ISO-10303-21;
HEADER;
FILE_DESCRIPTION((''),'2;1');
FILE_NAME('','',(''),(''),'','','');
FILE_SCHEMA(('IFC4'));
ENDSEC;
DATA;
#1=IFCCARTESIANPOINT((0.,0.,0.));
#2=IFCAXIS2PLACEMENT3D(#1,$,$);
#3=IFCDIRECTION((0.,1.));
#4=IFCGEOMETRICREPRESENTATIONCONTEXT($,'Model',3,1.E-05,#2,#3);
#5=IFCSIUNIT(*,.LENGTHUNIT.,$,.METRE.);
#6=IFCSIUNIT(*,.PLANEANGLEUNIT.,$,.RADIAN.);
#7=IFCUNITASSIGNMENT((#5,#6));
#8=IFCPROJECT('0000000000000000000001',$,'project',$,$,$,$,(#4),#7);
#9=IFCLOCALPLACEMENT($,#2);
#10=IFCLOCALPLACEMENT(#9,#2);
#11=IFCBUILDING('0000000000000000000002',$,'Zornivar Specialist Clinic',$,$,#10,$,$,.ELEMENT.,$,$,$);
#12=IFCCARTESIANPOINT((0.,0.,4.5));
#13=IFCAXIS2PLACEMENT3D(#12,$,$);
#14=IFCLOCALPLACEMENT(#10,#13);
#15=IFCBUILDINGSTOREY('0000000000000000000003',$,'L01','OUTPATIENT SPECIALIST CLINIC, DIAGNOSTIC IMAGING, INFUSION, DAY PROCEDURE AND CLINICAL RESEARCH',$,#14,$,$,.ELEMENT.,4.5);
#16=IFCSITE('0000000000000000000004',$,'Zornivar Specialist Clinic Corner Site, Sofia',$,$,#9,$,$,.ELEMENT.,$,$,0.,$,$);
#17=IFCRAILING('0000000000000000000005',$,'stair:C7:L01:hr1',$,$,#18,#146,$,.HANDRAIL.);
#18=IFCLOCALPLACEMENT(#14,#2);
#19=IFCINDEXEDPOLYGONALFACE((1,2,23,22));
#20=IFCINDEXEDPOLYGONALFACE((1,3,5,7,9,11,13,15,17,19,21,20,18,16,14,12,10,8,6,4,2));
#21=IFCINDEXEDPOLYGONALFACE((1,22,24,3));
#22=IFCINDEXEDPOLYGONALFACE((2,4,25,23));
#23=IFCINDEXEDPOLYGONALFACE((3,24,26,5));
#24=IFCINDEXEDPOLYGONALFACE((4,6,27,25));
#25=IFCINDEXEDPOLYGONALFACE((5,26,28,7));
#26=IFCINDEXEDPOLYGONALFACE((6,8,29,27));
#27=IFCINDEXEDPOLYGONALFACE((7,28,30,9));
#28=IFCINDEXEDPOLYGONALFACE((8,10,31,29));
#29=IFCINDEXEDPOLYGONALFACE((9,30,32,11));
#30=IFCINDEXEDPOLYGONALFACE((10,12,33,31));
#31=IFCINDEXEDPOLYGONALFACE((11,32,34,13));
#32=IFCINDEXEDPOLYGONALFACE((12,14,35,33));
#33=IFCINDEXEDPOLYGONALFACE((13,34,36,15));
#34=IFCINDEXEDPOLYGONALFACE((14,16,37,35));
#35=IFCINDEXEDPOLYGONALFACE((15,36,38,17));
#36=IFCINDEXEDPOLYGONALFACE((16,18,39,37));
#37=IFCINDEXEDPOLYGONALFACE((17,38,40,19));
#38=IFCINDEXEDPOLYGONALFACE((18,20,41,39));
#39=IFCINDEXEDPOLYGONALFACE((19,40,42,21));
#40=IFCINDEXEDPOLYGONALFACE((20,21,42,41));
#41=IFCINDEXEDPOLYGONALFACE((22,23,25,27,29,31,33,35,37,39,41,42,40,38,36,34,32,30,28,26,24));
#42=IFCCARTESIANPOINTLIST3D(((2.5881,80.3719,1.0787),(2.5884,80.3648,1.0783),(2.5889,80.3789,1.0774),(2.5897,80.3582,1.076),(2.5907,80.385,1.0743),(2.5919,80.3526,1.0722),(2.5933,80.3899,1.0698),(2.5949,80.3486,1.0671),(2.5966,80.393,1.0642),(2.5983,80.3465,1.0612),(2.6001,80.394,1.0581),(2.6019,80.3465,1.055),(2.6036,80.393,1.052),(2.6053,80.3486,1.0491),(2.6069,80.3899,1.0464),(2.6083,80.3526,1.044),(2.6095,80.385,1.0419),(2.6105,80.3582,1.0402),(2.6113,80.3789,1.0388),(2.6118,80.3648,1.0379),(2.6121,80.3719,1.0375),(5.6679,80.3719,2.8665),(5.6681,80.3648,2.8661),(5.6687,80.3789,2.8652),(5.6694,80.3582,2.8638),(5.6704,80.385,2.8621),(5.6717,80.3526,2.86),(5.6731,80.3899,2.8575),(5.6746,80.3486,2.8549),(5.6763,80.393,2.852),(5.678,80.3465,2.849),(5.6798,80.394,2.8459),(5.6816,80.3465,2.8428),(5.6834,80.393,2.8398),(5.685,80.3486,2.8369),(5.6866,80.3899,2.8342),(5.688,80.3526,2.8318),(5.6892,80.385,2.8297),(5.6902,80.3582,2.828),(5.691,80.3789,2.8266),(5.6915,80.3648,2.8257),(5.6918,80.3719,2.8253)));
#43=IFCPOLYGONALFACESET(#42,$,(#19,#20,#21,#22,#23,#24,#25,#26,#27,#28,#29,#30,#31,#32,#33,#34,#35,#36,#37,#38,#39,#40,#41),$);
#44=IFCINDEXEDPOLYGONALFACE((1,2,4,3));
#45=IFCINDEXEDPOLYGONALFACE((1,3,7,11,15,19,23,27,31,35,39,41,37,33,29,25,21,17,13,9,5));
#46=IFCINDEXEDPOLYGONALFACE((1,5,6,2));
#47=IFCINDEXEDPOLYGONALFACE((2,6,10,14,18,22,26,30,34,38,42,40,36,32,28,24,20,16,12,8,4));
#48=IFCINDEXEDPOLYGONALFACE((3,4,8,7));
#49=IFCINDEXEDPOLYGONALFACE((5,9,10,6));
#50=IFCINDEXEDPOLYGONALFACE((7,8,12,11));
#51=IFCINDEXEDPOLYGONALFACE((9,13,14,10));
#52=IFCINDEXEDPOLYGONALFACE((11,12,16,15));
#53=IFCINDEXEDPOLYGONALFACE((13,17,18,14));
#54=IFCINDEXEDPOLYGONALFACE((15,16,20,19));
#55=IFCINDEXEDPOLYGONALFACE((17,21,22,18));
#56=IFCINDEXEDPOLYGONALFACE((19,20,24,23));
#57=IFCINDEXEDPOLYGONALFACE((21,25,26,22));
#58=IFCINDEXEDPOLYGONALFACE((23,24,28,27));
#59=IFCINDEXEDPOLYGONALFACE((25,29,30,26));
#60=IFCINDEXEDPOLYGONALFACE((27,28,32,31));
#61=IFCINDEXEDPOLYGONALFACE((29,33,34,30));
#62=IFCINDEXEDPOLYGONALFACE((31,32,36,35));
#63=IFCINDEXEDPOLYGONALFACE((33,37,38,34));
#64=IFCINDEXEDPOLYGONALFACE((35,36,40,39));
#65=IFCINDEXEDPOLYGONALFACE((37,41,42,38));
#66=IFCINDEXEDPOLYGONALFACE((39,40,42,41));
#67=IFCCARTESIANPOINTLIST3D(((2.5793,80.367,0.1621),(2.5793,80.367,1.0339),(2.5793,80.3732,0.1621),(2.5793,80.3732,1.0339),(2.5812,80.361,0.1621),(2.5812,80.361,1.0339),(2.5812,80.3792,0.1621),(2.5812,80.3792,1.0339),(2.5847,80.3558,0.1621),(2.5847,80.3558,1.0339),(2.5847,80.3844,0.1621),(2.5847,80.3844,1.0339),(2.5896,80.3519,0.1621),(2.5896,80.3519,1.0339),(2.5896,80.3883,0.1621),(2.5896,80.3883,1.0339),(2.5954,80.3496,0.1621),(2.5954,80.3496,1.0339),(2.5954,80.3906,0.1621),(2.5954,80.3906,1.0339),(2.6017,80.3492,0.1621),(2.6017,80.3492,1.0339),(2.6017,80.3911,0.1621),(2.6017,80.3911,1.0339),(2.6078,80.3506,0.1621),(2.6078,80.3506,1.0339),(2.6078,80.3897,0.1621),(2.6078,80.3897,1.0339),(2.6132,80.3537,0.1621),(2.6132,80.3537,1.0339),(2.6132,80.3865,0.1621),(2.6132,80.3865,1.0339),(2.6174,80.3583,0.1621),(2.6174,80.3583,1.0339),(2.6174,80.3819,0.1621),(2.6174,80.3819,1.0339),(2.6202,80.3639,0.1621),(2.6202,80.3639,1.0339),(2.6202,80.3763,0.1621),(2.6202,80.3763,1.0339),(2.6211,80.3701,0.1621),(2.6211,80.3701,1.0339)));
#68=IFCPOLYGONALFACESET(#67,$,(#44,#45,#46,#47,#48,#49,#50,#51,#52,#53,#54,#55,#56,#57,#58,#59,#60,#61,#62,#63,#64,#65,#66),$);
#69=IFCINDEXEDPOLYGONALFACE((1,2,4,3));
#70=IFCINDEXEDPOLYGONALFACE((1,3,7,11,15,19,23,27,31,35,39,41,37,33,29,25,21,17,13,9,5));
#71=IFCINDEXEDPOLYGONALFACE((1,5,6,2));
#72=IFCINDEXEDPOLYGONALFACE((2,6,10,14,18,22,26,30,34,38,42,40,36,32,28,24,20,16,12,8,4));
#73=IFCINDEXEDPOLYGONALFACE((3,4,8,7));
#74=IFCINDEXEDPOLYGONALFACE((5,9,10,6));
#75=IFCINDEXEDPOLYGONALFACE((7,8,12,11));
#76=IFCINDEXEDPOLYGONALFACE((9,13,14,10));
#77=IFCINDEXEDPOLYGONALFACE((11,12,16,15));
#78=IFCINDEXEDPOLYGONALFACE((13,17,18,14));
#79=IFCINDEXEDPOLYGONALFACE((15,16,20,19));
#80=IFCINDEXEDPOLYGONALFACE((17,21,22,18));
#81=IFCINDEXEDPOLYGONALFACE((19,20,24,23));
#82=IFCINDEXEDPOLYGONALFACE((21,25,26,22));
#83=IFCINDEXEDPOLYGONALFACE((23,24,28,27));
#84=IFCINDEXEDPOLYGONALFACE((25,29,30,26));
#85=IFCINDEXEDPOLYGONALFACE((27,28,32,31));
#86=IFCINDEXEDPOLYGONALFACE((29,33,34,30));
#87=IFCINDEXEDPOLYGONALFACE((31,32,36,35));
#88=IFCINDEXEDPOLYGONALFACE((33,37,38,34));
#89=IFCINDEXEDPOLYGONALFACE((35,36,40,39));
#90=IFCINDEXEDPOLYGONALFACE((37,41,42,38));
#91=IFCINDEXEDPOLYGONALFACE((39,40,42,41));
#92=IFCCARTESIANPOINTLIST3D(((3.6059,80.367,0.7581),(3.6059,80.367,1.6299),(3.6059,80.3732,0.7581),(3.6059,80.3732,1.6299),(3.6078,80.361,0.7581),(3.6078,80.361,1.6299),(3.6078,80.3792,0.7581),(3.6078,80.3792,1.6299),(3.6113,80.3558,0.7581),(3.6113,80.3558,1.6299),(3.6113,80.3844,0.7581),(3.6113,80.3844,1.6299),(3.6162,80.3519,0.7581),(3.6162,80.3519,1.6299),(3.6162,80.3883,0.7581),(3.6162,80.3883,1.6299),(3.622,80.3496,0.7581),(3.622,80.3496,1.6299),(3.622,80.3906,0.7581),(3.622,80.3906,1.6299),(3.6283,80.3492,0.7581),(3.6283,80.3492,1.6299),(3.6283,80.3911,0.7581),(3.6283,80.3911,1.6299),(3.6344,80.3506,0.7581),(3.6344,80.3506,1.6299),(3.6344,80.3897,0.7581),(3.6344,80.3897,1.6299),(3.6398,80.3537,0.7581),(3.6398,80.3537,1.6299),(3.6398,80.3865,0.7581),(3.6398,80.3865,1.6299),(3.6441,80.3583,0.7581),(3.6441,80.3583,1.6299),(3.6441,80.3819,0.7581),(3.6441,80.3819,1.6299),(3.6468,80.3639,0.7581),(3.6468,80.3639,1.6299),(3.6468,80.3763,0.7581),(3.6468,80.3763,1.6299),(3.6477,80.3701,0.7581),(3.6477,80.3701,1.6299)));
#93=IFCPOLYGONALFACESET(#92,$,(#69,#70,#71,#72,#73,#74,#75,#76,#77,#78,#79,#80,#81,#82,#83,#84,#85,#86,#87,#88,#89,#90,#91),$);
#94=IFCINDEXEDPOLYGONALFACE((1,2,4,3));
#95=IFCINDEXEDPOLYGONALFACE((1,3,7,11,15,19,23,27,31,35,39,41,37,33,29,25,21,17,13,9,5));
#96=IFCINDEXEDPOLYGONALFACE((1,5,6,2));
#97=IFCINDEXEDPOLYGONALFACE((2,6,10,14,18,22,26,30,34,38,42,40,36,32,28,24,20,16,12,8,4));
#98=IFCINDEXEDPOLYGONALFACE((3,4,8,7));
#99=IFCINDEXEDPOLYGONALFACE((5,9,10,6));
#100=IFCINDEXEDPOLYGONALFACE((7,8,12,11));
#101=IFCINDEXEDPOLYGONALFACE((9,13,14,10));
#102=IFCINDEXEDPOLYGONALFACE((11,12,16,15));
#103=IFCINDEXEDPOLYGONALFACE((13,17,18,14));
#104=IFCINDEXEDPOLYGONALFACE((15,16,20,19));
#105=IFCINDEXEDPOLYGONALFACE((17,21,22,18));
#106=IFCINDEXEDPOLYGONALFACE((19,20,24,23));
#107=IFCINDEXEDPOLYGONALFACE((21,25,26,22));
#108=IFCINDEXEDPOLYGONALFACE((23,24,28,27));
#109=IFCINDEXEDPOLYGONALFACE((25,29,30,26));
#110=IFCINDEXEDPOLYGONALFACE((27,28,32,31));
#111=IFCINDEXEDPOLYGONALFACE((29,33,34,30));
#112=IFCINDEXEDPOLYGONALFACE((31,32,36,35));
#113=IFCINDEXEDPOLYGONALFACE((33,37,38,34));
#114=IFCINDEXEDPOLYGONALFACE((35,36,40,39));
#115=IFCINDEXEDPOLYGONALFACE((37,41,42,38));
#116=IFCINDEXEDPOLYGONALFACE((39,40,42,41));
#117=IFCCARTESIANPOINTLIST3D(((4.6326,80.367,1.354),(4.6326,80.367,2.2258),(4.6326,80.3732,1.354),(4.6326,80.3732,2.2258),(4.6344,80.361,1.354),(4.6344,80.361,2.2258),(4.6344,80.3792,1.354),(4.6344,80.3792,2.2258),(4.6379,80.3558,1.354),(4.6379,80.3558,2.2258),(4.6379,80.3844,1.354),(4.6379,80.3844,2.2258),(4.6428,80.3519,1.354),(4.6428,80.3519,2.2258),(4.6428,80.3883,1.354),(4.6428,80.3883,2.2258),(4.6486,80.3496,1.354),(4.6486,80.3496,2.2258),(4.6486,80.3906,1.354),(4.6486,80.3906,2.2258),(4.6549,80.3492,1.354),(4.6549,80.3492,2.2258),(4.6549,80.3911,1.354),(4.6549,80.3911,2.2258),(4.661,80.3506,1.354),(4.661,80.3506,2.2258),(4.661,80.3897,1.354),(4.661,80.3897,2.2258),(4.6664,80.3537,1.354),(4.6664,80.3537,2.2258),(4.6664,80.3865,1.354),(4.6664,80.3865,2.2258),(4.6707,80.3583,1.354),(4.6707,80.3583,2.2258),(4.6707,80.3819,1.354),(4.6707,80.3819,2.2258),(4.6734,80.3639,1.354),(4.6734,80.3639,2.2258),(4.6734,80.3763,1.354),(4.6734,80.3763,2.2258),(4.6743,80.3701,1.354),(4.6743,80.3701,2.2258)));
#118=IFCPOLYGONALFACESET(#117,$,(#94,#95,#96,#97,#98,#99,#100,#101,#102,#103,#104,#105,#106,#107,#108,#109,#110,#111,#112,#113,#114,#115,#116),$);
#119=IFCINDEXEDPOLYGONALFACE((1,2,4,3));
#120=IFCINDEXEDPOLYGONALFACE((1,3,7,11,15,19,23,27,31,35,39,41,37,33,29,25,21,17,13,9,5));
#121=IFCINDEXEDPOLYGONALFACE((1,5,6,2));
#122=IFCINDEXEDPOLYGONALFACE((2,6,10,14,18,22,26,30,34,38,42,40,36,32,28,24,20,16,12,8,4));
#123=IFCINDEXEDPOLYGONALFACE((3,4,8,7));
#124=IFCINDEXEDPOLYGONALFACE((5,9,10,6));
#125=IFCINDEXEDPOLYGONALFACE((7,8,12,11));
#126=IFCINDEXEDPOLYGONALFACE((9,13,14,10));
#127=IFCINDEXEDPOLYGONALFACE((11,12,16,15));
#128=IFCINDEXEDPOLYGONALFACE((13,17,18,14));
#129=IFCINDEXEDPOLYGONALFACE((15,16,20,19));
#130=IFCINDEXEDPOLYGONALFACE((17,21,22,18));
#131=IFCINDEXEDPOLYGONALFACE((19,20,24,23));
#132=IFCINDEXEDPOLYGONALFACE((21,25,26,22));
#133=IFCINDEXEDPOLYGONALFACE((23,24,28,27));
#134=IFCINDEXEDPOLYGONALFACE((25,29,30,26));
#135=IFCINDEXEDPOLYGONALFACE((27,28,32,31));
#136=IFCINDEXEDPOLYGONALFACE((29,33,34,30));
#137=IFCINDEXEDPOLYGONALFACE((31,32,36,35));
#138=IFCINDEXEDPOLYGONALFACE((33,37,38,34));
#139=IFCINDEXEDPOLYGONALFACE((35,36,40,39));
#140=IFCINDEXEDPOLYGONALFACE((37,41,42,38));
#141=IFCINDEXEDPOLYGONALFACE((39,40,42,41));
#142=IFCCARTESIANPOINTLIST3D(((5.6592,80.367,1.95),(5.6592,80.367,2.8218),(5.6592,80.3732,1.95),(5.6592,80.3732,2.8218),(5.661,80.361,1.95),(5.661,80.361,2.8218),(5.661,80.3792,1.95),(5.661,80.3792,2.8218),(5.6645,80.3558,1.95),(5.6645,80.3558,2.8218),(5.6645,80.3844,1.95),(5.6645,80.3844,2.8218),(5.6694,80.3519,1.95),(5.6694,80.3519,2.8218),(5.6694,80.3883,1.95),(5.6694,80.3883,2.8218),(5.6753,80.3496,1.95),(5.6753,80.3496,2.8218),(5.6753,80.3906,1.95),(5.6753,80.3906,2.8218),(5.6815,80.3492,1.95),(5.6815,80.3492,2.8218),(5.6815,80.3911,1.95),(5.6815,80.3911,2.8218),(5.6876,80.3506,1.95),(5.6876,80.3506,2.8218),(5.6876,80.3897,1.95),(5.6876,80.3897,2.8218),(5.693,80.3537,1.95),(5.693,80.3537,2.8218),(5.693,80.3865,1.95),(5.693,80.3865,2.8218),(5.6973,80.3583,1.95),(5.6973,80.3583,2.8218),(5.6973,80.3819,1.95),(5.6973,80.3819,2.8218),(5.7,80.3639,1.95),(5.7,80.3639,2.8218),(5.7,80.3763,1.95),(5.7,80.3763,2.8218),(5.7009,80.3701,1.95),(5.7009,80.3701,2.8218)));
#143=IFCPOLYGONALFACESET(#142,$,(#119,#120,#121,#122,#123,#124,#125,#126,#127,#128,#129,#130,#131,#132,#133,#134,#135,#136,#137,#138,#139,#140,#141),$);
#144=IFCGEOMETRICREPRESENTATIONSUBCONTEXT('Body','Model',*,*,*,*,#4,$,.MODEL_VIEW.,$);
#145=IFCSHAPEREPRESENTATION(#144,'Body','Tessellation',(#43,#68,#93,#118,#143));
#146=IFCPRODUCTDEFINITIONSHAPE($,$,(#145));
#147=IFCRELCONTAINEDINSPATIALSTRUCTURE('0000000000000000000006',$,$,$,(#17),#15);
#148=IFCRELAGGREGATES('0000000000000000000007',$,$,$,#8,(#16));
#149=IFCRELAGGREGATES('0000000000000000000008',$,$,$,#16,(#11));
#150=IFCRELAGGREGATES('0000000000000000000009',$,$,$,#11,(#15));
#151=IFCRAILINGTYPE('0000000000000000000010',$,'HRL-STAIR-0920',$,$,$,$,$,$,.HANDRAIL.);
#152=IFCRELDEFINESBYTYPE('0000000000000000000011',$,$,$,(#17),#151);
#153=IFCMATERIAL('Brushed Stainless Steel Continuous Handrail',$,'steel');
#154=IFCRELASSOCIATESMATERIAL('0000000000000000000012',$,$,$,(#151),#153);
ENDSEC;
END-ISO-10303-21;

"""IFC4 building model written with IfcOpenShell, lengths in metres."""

from ifc_helpers import new_model, si_unit, direction, frame, origin, origin_2d, place, context, subcontext, project, spatial, circle, extrude, material, type_object, element, save


model = new_model("IFC4")

# Units and contexts
model_context = context("Model", 3, precision=1e-05, world=origin(), true_north=direction((0.0, 1.0)))
body_context = subcontext(model_context, "Body", "Model", "MODEL_VIEW")
ifc_project = project(units=[si_unit("LENGTHUNIT", "METRE"), si_unit("PLANEANGLEUNIT", "RADIAN")], contexts=[model_context])

# Site, building, storey
site_placement = place(None, origin())
site = spatial("IfcSite", under=ifc_project, at=site_placement, Name="Zornivar Specialist Clinic Corner Site, Sofia", CompositionType="ELEMENT", RefElevation=0.0)
building_placement = place(site_placement, origin())
building = spatial("IfcBuilding", under=site, at=building_placement, Name="Zornivar Specialist Clinic", CompositionType="ELEMENT")
storey_placement = place(building_placement, frame((0.0, 0.0, 4.5)))
storey = spatial("IfcBuildingStorey", under=building, at=storey_placement, Name="L01", Description="OUTPATIENT SPECIALIST CLINIC, DIAGNOSTIC IMAGING, INFUSION, DAY PROCEDURE AND CLINICAL RESEARCH", CompositionType="ELEMENT", Elevation=4.5)

# Railing
ifc_material_1 = material(Name="Brushed Stainless Steel Continuous Handrail", Category="steel")
railing_type_1 = type_object("IfcRailingType", Name="HRL-STAIR-0920", PredefinedType="HANDRAIL", material=ifc_material_1)
railing_1_placement = place(storey_placement, frame((2.6001, 80.3701, 0.1621)))
element("IfcRailing", 1, at=railing_1_placement, inside=storey, type_object=railing_type_1, Name="stair:C7:L01:hr1", PredefinedType="HANDRAIL", context=body_context, shape_type="SweptSolid", body=[
    extrude(circle(Radius=0.0239, at=origin_2d()), frame((0.0, 0.0, 0.896), z_axis=(0.864844, 0.0, 0.502041), x_axis=(0.0, 1.0, 0.0)), (0.0, 0.0, 1.0), 3.561),
    extrude(circle(Radius=0.021, at=origin_2d()), origin(), (0.0, 0.0, 1.0), 0.8718),
    extrude(circle(Radius=0.021, at=origin_2d()), frame((1.0266, 0.0, 0.5959)), (0.0, 0.0, 1.0), 0.8718),
    extrude(circle(Radius=0.021, at=origin_2d()), frame((2.0532, 0.0, 1.1919)), (0.0, 0.0, 1.0), 0.8718),
    extrude(circle(Radius=0.021, at=origin_2d()), frame((3.0798, 0.0, 1.7878)), (0.0, 0.0, 1.0), 0.8718),
])

save(model, "model.ifc")
